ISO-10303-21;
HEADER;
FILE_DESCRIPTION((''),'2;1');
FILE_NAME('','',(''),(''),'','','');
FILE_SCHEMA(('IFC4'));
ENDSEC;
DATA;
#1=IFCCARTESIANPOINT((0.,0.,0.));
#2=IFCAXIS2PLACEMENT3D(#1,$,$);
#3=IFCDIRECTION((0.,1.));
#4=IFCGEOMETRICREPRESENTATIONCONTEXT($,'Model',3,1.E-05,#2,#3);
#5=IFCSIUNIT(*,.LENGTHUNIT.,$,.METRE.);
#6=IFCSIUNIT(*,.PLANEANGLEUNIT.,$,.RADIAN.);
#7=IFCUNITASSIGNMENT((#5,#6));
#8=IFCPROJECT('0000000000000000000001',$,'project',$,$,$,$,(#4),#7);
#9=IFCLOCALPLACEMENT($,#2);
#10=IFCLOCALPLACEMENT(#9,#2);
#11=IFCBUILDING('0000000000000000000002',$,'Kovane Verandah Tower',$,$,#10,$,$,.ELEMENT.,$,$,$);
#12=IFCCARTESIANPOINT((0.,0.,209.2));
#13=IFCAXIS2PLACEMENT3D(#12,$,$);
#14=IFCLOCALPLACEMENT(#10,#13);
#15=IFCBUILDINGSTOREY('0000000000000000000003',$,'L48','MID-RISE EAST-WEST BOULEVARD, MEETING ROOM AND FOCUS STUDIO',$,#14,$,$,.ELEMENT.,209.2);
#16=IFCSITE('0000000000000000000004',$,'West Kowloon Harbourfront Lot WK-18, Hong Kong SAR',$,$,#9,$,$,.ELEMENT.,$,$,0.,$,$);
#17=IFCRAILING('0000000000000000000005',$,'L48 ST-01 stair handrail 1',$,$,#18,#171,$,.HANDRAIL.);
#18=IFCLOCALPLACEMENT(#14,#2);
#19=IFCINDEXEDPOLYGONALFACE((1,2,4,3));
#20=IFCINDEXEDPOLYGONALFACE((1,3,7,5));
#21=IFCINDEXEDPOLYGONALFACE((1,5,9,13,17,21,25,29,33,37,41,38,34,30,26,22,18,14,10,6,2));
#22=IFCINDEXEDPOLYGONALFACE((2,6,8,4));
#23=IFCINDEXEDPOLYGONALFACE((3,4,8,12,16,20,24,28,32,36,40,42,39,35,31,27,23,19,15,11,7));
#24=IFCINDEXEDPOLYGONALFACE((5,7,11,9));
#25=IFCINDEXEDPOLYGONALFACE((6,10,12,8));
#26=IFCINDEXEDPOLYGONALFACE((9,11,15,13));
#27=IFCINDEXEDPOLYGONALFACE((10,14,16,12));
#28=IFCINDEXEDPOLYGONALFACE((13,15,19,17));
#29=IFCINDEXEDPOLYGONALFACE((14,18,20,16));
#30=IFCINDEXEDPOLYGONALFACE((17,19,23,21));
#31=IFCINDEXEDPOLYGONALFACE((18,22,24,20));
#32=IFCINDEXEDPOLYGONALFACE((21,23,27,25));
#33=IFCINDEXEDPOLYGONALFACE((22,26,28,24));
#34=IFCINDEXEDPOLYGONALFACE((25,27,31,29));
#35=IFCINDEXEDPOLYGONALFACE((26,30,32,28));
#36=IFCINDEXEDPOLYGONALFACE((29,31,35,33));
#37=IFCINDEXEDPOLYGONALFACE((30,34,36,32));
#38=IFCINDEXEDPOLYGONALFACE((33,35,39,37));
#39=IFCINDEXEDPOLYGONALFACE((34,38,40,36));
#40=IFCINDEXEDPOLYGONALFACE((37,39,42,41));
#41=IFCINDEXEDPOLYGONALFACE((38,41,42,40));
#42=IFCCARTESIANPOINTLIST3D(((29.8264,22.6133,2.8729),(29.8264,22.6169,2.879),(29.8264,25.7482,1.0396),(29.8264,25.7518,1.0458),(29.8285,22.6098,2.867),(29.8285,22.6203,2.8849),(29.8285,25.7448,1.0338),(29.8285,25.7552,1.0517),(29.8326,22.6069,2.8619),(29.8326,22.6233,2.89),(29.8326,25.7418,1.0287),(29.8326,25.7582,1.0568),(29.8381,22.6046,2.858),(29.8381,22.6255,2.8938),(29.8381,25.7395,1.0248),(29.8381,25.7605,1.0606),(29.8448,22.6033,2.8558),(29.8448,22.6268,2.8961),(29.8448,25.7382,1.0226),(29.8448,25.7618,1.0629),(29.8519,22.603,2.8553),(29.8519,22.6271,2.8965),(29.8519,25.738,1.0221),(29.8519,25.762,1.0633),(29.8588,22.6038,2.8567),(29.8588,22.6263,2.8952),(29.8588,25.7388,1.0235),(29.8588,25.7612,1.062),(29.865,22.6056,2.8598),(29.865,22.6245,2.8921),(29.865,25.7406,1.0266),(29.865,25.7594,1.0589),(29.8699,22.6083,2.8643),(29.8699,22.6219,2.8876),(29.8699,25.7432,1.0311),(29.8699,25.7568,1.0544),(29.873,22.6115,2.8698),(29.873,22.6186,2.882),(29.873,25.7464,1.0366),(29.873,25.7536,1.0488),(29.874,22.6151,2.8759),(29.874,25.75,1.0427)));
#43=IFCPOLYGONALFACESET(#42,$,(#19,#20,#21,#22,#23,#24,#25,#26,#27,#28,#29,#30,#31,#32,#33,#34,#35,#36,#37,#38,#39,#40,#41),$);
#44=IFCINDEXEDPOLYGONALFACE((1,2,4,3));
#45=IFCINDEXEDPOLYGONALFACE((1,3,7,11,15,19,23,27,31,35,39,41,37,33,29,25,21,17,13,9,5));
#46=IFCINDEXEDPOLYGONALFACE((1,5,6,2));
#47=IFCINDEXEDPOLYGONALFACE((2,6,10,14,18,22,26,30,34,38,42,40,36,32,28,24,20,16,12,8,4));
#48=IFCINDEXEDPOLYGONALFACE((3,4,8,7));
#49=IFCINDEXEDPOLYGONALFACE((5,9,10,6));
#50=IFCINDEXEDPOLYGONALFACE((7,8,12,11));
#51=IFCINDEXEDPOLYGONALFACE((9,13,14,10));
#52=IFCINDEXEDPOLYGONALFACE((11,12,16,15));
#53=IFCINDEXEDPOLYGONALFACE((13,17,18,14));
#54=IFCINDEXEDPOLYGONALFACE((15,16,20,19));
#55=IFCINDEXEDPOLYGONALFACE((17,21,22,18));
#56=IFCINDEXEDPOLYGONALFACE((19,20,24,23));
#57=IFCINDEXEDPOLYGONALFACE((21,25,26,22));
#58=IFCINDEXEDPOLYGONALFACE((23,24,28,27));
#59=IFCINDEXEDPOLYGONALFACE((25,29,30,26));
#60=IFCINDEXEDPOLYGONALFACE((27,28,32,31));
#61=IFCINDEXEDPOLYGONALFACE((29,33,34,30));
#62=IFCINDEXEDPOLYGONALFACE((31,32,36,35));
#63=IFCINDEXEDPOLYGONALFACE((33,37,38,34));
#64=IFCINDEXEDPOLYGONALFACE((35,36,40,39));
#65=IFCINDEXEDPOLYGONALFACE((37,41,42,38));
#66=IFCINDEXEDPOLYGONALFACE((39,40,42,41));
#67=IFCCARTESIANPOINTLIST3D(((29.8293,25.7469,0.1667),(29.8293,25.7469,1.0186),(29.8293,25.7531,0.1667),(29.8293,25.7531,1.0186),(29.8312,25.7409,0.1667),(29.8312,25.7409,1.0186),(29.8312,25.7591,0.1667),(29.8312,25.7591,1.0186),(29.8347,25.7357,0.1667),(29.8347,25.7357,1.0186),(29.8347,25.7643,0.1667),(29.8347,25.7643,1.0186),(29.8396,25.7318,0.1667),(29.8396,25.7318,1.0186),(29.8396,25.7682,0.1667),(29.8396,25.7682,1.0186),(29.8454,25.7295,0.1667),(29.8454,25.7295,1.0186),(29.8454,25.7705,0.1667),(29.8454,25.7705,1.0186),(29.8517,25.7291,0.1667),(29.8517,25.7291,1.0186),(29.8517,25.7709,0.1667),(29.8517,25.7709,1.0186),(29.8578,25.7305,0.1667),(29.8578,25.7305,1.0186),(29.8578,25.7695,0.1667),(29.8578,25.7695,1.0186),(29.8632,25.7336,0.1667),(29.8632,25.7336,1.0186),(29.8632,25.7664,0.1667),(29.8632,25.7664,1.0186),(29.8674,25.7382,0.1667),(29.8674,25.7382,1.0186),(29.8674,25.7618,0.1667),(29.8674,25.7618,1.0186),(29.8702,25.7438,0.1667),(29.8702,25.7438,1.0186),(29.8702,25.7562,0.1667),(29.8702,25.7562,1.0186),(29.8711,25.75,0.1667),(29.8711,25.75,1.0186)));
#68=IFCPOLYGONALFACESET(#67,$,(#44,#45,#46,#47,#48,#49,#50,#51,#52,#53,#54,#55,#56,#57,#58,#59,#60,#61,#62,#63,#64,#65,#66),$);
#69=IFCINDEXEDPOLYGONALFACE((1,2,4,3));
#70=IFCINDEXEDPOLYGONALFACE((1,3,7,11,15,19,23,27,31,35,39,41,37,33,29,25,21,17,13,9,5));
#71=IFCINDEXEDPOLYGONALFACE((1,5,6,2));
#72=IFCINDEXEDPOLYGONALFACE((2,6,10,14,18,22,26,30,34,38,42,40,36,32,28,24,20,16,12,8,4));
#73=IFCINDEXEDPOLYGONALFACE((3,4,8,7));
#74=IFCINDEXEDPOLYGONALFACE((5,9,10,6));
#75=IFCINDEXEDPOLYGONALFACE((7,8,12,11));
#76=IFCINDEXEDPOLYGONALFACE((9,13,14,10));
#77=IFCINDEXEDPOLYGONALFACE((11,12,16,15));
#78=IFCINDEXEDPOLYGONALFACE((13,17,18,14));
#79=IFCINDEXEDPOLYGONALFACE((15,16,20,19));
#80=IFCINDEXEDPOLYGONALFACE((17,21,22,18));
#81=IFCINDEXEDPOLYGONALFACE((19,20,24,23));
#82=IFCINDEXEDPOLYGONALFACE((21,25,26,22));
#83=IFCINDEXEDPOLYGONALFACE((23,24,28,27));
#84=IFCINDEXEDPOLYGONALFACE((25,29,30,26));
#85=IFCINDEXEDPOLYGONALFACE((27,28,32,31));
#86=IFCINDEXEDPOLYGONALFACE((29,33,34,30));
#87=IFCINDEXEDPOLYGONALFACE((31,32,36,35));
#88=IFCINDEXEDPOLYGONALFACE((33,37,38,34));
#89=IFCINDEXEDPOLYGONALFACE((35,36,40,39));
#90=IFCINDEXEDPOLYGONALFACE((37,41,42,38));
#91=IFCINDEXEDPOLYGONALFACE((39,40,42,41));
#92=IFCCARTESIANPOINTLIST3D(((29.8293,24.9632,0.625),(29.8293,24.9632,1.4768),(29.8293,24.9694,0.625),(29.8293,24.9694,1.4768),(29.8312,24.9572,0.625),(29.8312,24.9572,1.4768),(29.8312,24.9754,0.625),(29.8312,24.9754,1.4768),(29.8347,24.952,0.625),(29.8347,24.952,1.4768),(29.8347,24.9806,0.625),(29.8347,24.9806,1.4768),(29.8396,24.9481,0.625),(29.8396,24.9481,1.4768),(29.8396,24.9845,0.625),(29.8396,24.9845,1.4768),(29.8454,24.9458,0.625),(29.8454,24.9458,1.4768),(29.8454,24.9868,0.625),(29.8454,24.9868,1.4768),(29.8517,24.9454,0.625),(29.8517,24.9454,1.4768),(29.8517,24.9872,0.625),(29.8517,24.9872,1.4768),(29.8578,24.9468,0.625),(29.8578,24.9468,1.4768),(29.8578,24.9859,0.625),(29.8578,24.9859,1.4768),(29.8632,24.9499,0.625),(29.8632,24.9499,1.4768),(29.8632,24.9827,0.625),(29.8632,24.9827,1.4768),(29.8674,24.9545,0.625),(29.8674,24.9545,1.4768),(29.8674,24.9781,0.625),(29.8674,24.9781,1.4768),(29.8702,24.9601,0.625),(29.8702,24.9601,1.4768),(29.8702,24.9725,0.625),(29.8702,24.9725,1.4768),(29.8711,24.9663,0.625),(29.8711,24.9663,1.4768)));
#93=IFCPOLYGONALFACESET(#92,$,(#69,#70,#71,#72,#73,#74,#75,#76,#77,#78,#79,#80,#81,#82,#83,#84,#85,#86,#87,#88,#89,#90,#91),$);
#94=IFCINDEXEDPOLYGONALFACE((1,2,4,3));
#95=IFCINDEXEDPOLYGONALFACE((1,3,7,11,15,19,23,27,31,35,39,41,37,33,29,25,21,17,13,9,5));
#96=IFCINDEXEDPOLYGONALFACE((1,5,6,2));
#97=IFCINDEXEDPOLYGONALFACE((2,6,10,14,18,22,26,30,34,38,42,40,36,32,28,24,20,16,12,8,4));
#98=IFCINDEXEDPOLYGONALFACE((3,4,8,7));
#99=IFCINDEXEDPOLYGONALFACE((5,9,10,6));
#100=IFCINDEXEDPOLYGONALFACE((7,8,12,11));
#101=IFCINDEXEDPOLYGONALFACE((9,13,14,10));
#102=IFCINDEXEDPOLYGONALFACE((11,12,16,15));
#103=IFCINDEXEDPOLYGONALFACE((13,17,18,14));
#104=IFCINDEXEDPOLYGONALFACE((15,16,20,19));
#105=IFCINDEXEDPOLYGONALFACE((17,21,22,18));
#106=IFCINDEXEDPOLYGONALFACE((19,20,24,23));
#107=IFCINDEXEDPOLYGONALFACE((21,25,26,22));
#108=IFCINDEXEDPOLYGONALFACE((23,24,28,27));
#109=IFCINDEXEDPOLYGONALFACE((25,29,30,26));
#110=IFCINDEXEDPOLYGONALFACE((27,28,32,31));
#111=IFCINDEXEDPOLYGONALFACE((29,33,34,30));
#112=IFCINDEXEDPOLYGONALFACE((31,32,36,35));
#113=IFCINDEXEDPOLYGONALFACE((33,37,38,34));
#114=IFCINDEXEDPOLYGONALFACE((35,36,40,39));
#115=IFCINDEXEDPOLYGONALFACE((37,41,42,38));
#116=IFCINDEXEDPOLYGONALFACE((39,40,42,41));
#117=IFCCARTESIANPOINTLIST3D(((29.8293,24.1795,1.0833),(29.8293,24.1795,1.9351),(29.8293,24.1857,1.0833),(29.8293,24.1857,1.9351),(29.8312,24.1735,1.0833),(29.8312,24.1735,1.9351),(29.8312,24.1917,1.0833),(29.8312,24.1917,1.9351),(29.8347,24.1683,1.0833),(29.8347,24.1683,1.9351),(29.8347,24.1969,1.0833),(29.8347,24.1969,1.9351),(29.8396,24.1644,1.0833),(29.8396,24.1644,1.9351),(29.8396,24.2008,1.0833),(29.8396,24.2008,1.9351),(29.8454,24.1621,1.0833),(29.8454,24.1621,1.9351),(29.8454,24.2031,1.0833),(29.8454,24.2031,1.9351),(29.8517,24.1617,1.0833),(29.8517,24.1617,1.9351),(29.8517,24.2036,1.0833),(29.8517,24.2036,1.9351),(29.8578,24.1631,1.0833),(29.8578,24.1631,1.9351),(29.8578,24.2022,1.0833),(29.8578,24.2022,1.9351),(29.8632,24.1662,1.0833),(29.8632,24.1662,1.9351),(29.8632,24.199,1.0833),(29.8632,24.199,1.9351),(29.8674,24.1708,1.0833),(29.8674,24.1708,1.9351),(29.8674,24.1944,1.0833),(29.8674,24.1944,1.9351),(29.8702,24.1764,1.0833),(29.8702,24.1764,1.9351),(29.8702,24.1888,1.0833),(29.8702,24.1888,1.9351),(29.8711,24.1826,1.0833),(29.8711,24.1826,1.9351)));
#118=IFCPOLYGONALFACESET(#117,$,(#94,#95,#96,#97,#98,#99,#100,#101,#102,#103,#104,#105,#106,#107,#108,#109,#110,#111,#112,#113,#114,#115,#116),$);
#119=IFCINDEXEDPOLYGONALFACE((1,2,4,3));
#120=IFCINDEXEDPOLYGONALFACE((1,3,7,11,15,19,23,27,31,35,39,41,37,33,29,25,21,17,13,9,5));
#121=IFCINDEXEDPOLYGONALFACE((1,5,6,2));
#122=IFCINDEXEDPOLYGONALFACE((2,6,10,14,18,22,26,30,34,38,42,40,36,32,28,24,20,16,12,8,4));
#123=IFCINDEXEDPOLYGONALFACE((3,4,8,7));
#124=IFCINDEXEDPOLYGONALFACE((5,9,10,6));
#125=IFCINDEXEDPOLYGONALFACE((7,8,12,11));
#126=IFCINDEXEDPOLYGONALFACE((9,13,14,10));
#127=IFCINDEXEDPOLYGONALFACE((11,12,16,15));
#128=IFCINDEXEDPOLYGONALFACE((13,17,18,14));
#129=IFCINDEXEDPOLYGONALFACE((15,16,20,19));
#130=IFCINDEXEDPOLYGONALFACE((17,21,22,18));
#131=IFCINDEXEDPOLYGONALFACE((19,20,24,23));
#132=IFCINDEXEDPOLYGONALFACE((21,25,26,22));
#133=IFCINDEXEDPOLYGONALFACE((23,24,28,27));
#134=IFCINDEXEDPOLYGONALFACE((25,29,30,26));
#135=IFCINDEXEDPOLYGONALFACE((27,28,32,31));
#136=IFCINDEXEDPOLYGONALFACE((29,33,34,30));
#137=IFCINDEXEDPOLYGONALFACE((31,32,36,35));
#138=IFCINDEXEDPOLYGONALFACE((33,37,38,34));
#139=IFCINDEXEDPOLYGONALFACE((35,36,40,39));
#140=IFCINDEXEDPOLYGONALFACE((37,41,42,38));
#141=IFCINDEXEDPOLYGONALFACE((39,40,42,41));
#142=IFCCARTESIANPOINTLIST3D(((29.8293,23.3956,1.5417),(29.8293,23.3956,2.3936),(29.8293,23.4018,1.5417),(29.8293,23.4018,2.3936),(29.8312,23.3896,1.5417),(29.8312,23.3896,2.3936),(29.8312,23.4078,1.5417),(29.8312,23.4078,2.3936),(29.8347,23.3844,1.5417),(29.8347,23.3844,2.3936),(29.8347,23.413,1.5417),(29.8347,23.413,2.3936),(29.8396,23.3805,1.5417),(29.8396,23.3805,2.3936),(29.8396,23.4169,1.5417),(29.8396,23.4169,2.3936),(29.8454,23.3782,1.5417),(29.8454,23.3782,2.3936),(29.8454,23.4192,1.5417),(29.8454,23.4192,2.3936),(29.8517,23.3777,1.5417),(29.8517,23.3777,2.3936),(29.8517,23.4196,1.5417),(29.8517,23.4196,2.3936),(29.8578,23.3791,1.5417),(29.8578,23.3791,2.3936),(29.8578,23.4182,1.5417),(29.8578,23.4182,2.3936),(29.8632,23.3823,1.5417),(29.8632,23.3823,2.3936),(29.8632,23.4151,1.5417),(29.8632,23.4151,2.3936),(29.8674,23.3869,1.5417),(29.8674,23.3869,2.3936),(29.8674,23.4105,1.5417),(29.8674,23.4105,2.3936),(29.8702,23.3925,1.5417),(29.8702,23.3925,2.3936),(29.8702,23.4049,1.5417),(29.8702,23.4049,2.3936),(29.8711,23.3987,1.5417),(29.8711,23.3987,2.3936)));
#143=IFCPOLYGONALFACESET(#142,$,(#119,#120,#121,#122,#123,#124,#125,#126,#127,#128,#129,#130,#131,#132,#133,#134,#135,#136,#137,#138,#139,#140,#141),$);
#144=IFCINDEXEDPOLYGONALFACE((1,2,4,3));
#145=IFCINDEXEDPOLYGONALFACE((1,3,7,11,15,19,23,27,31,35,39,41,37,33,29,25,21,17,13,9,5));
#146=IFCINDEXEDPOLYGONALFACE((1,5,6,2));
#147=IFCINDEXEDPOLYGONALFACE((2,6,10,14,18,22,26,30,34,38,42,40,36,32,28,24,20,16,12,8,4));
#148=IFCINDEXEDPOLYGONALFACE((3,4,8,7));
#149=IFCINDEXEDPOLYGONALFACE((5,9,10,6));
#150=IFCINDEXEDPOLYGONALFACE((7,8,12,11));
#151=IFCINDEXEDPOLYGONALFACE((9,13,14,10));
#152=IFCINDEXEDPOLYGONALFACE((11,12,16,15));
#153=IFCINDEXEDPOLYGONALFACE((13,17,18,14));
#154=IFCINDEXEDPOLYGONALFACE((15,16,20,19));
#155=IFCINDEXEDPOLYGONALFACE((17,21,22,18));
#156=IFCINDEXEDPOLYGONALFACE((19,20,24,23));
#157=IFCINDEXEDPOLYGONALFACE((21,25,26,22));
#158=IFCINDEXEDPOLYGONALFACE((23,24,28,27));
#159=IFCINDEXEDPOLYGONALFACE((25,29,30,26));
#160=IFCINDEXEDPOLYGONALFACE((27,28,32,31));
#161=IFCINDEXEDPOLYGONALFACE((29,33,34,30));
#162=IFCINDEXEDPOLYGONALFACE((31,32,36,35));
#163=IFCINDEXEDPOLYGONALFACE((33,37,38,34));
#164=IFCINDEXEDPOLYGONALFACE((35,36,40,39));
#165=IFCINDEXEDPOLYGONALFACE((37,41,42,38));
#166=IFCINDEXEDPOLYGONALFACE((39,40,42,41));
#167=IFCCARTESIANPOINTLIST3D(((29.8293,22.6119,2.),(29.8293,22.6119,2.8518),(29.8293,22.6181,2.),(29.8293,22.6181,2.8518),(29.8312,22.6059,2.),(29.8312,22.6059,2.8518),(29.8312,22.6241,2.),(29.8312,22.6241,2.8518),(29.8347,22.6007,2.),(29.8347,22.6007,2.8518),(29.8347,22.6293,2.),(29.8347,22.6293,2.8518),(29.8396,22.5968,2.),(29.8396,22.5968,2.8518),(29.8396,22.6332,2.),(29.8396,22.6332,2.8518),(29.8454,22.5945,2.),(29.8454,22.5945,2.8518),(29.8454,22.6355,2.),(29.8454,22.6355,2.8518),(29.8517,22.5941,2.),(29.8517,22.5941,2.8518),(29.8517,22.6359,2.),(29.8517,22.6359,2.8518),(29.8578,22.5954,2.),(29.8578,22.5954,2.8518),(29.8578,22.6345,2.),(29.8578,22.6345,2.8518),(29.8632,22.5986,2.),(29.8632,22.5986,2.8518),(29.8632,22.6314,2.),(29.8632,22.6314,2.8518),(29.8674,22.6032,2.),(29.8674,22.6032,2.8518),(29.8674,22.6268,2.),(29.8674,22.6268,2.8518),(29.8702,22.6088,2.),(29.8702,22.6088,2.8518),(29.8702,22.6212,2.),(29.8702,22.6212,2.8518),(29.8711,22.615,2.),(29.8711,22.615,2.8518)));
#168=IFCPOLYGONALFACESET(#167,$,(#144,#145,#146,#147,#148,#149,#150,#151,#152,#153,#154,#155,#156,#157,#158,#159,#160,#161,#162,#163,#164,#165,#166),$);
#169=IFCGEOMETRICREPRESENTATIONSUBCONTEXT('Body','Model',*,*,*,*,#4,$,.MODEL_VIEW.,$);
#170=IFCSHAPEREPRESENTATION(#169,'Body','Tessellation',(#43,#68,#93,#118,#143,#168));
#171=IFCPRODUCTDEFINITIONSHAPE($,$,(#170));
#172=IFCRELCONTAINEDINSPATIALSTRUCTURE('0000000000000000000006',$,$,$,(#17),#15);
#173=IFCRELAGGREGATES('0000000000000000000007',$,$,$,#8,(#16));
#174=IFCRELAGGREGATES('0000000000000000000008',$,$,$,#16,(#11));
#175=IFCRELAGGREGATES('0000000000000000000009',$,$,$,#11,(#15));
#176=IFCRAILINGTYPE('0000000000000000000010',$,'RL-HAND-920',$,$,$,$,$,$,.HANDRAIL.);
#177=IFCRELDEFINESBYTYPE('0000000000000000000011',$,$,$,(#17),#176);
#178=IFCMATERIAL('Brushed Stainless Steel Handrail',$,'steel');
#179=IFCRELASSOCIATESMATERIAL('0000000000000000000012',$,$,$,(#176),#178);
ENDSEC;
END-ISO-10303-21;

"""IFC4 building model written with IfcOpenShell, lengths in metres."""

from ifc_helpers import new_model, si_unit, direction, frame, origin, origin_2d, place, context, subcontext, project, spatial, circle, extrude, material, type_object, element, save


model = new_model("IFC4")

# Units and contexts
model_context = context("Model", 3, precision=1e-05, world=origin(), true_north=direction((0.0, 1.0)))
body_context = subcontext(model_context, "Body", "Model", "MODEL_VIEW")
ifc_project = project(units=[si_unit("LENGTHUNIT", "METRE"), si_unit("PLANEANGLEUNIT", "RADIAN")], contexts=[model_context])

# Site, building, storey
site_placement = place(None, origin())
site = spatial("IfcSite", under=ifc_project, at=site_placement, Name="West Kowloon Harbourfront Lot WK-18, Hong Kong SAR", CompositionType="ELEMENT", RefElevation=0.0)
building_placement = place(site_placement, origin())
building = spatial("IfcBuilding", under=site, at=building_placement, Name="Kovane Verandah Tower", CompositionType="ELEMENT")
storey_placement = place(building_placement, frame((0.0, 0.0, 209.2)))
storey = spatial("IfcBuildingStorey", under=building, at=storey_placement, Name="L48", Description="MID-RISE EAST-WEST BOULEVARD, MEETING ROOM AND FOCUS STUDIO", CompositionType="ELEMENT", Elevation=209.2)

# Railing
ifc_material_1 = material(Name="Brushed Stainless Steel Handrail", Category="steel")
railing_type_1 = type_object("IfcRailingType", Name="RL-HAND-920", PredefinedType="HANDRAIL", material=ifc_material_1)
railing_1_placement = place(storey_placement, frame((29.8501, 25.75, 0.1667)))
element("IfcRailing", 1, at=railing_1_placement, inside=storey, type_object=railing_type_1, Name="L48 ST-01 stair handrail 1", PredefinedType="HANDRAIL", context=body_context, shape_type="SweptSolid", body=[
    extrude(circle(Radius=0.0239, at=origin_2d()), frame((0.0, 0.0, 0.876), z_axis=(0.0, -0.86324, 0.504794), x_axis=(1.0, 0.0, 0.0)), (0.0, 0.0, 1.0), 3.6316),
    extrude(circle(Radius=0.021, at=origin_2d()), origin(), (0.0, 0.0, 1.0), 0.8518),
    extrude(circle(Radius=0.021, at=origin_2d()), frame((0.0, -0.7837, 0.4583)), (0.0, 0.0, 1.0), 0.8518),
    extrude(circle(Radius=0.021, at=origin_2d()), frame((0.0, -1.5674, 0.9165)), (0.0, 0.0, 1.0), 0.8518),
    extrude(circle(Radius=0.021, at=origin_2d()), frame((0.0, -2.3513, 1.375)), (0.0, 0.0, 1.0), 0.8518),
    extrude(circle(Radius=0.021, at=origin_2d()), frame((0.0, -3.135, 1.8333)), (0.0, 0.0, 1.0), 0.8518),
])

save(model, "model.ifc")
